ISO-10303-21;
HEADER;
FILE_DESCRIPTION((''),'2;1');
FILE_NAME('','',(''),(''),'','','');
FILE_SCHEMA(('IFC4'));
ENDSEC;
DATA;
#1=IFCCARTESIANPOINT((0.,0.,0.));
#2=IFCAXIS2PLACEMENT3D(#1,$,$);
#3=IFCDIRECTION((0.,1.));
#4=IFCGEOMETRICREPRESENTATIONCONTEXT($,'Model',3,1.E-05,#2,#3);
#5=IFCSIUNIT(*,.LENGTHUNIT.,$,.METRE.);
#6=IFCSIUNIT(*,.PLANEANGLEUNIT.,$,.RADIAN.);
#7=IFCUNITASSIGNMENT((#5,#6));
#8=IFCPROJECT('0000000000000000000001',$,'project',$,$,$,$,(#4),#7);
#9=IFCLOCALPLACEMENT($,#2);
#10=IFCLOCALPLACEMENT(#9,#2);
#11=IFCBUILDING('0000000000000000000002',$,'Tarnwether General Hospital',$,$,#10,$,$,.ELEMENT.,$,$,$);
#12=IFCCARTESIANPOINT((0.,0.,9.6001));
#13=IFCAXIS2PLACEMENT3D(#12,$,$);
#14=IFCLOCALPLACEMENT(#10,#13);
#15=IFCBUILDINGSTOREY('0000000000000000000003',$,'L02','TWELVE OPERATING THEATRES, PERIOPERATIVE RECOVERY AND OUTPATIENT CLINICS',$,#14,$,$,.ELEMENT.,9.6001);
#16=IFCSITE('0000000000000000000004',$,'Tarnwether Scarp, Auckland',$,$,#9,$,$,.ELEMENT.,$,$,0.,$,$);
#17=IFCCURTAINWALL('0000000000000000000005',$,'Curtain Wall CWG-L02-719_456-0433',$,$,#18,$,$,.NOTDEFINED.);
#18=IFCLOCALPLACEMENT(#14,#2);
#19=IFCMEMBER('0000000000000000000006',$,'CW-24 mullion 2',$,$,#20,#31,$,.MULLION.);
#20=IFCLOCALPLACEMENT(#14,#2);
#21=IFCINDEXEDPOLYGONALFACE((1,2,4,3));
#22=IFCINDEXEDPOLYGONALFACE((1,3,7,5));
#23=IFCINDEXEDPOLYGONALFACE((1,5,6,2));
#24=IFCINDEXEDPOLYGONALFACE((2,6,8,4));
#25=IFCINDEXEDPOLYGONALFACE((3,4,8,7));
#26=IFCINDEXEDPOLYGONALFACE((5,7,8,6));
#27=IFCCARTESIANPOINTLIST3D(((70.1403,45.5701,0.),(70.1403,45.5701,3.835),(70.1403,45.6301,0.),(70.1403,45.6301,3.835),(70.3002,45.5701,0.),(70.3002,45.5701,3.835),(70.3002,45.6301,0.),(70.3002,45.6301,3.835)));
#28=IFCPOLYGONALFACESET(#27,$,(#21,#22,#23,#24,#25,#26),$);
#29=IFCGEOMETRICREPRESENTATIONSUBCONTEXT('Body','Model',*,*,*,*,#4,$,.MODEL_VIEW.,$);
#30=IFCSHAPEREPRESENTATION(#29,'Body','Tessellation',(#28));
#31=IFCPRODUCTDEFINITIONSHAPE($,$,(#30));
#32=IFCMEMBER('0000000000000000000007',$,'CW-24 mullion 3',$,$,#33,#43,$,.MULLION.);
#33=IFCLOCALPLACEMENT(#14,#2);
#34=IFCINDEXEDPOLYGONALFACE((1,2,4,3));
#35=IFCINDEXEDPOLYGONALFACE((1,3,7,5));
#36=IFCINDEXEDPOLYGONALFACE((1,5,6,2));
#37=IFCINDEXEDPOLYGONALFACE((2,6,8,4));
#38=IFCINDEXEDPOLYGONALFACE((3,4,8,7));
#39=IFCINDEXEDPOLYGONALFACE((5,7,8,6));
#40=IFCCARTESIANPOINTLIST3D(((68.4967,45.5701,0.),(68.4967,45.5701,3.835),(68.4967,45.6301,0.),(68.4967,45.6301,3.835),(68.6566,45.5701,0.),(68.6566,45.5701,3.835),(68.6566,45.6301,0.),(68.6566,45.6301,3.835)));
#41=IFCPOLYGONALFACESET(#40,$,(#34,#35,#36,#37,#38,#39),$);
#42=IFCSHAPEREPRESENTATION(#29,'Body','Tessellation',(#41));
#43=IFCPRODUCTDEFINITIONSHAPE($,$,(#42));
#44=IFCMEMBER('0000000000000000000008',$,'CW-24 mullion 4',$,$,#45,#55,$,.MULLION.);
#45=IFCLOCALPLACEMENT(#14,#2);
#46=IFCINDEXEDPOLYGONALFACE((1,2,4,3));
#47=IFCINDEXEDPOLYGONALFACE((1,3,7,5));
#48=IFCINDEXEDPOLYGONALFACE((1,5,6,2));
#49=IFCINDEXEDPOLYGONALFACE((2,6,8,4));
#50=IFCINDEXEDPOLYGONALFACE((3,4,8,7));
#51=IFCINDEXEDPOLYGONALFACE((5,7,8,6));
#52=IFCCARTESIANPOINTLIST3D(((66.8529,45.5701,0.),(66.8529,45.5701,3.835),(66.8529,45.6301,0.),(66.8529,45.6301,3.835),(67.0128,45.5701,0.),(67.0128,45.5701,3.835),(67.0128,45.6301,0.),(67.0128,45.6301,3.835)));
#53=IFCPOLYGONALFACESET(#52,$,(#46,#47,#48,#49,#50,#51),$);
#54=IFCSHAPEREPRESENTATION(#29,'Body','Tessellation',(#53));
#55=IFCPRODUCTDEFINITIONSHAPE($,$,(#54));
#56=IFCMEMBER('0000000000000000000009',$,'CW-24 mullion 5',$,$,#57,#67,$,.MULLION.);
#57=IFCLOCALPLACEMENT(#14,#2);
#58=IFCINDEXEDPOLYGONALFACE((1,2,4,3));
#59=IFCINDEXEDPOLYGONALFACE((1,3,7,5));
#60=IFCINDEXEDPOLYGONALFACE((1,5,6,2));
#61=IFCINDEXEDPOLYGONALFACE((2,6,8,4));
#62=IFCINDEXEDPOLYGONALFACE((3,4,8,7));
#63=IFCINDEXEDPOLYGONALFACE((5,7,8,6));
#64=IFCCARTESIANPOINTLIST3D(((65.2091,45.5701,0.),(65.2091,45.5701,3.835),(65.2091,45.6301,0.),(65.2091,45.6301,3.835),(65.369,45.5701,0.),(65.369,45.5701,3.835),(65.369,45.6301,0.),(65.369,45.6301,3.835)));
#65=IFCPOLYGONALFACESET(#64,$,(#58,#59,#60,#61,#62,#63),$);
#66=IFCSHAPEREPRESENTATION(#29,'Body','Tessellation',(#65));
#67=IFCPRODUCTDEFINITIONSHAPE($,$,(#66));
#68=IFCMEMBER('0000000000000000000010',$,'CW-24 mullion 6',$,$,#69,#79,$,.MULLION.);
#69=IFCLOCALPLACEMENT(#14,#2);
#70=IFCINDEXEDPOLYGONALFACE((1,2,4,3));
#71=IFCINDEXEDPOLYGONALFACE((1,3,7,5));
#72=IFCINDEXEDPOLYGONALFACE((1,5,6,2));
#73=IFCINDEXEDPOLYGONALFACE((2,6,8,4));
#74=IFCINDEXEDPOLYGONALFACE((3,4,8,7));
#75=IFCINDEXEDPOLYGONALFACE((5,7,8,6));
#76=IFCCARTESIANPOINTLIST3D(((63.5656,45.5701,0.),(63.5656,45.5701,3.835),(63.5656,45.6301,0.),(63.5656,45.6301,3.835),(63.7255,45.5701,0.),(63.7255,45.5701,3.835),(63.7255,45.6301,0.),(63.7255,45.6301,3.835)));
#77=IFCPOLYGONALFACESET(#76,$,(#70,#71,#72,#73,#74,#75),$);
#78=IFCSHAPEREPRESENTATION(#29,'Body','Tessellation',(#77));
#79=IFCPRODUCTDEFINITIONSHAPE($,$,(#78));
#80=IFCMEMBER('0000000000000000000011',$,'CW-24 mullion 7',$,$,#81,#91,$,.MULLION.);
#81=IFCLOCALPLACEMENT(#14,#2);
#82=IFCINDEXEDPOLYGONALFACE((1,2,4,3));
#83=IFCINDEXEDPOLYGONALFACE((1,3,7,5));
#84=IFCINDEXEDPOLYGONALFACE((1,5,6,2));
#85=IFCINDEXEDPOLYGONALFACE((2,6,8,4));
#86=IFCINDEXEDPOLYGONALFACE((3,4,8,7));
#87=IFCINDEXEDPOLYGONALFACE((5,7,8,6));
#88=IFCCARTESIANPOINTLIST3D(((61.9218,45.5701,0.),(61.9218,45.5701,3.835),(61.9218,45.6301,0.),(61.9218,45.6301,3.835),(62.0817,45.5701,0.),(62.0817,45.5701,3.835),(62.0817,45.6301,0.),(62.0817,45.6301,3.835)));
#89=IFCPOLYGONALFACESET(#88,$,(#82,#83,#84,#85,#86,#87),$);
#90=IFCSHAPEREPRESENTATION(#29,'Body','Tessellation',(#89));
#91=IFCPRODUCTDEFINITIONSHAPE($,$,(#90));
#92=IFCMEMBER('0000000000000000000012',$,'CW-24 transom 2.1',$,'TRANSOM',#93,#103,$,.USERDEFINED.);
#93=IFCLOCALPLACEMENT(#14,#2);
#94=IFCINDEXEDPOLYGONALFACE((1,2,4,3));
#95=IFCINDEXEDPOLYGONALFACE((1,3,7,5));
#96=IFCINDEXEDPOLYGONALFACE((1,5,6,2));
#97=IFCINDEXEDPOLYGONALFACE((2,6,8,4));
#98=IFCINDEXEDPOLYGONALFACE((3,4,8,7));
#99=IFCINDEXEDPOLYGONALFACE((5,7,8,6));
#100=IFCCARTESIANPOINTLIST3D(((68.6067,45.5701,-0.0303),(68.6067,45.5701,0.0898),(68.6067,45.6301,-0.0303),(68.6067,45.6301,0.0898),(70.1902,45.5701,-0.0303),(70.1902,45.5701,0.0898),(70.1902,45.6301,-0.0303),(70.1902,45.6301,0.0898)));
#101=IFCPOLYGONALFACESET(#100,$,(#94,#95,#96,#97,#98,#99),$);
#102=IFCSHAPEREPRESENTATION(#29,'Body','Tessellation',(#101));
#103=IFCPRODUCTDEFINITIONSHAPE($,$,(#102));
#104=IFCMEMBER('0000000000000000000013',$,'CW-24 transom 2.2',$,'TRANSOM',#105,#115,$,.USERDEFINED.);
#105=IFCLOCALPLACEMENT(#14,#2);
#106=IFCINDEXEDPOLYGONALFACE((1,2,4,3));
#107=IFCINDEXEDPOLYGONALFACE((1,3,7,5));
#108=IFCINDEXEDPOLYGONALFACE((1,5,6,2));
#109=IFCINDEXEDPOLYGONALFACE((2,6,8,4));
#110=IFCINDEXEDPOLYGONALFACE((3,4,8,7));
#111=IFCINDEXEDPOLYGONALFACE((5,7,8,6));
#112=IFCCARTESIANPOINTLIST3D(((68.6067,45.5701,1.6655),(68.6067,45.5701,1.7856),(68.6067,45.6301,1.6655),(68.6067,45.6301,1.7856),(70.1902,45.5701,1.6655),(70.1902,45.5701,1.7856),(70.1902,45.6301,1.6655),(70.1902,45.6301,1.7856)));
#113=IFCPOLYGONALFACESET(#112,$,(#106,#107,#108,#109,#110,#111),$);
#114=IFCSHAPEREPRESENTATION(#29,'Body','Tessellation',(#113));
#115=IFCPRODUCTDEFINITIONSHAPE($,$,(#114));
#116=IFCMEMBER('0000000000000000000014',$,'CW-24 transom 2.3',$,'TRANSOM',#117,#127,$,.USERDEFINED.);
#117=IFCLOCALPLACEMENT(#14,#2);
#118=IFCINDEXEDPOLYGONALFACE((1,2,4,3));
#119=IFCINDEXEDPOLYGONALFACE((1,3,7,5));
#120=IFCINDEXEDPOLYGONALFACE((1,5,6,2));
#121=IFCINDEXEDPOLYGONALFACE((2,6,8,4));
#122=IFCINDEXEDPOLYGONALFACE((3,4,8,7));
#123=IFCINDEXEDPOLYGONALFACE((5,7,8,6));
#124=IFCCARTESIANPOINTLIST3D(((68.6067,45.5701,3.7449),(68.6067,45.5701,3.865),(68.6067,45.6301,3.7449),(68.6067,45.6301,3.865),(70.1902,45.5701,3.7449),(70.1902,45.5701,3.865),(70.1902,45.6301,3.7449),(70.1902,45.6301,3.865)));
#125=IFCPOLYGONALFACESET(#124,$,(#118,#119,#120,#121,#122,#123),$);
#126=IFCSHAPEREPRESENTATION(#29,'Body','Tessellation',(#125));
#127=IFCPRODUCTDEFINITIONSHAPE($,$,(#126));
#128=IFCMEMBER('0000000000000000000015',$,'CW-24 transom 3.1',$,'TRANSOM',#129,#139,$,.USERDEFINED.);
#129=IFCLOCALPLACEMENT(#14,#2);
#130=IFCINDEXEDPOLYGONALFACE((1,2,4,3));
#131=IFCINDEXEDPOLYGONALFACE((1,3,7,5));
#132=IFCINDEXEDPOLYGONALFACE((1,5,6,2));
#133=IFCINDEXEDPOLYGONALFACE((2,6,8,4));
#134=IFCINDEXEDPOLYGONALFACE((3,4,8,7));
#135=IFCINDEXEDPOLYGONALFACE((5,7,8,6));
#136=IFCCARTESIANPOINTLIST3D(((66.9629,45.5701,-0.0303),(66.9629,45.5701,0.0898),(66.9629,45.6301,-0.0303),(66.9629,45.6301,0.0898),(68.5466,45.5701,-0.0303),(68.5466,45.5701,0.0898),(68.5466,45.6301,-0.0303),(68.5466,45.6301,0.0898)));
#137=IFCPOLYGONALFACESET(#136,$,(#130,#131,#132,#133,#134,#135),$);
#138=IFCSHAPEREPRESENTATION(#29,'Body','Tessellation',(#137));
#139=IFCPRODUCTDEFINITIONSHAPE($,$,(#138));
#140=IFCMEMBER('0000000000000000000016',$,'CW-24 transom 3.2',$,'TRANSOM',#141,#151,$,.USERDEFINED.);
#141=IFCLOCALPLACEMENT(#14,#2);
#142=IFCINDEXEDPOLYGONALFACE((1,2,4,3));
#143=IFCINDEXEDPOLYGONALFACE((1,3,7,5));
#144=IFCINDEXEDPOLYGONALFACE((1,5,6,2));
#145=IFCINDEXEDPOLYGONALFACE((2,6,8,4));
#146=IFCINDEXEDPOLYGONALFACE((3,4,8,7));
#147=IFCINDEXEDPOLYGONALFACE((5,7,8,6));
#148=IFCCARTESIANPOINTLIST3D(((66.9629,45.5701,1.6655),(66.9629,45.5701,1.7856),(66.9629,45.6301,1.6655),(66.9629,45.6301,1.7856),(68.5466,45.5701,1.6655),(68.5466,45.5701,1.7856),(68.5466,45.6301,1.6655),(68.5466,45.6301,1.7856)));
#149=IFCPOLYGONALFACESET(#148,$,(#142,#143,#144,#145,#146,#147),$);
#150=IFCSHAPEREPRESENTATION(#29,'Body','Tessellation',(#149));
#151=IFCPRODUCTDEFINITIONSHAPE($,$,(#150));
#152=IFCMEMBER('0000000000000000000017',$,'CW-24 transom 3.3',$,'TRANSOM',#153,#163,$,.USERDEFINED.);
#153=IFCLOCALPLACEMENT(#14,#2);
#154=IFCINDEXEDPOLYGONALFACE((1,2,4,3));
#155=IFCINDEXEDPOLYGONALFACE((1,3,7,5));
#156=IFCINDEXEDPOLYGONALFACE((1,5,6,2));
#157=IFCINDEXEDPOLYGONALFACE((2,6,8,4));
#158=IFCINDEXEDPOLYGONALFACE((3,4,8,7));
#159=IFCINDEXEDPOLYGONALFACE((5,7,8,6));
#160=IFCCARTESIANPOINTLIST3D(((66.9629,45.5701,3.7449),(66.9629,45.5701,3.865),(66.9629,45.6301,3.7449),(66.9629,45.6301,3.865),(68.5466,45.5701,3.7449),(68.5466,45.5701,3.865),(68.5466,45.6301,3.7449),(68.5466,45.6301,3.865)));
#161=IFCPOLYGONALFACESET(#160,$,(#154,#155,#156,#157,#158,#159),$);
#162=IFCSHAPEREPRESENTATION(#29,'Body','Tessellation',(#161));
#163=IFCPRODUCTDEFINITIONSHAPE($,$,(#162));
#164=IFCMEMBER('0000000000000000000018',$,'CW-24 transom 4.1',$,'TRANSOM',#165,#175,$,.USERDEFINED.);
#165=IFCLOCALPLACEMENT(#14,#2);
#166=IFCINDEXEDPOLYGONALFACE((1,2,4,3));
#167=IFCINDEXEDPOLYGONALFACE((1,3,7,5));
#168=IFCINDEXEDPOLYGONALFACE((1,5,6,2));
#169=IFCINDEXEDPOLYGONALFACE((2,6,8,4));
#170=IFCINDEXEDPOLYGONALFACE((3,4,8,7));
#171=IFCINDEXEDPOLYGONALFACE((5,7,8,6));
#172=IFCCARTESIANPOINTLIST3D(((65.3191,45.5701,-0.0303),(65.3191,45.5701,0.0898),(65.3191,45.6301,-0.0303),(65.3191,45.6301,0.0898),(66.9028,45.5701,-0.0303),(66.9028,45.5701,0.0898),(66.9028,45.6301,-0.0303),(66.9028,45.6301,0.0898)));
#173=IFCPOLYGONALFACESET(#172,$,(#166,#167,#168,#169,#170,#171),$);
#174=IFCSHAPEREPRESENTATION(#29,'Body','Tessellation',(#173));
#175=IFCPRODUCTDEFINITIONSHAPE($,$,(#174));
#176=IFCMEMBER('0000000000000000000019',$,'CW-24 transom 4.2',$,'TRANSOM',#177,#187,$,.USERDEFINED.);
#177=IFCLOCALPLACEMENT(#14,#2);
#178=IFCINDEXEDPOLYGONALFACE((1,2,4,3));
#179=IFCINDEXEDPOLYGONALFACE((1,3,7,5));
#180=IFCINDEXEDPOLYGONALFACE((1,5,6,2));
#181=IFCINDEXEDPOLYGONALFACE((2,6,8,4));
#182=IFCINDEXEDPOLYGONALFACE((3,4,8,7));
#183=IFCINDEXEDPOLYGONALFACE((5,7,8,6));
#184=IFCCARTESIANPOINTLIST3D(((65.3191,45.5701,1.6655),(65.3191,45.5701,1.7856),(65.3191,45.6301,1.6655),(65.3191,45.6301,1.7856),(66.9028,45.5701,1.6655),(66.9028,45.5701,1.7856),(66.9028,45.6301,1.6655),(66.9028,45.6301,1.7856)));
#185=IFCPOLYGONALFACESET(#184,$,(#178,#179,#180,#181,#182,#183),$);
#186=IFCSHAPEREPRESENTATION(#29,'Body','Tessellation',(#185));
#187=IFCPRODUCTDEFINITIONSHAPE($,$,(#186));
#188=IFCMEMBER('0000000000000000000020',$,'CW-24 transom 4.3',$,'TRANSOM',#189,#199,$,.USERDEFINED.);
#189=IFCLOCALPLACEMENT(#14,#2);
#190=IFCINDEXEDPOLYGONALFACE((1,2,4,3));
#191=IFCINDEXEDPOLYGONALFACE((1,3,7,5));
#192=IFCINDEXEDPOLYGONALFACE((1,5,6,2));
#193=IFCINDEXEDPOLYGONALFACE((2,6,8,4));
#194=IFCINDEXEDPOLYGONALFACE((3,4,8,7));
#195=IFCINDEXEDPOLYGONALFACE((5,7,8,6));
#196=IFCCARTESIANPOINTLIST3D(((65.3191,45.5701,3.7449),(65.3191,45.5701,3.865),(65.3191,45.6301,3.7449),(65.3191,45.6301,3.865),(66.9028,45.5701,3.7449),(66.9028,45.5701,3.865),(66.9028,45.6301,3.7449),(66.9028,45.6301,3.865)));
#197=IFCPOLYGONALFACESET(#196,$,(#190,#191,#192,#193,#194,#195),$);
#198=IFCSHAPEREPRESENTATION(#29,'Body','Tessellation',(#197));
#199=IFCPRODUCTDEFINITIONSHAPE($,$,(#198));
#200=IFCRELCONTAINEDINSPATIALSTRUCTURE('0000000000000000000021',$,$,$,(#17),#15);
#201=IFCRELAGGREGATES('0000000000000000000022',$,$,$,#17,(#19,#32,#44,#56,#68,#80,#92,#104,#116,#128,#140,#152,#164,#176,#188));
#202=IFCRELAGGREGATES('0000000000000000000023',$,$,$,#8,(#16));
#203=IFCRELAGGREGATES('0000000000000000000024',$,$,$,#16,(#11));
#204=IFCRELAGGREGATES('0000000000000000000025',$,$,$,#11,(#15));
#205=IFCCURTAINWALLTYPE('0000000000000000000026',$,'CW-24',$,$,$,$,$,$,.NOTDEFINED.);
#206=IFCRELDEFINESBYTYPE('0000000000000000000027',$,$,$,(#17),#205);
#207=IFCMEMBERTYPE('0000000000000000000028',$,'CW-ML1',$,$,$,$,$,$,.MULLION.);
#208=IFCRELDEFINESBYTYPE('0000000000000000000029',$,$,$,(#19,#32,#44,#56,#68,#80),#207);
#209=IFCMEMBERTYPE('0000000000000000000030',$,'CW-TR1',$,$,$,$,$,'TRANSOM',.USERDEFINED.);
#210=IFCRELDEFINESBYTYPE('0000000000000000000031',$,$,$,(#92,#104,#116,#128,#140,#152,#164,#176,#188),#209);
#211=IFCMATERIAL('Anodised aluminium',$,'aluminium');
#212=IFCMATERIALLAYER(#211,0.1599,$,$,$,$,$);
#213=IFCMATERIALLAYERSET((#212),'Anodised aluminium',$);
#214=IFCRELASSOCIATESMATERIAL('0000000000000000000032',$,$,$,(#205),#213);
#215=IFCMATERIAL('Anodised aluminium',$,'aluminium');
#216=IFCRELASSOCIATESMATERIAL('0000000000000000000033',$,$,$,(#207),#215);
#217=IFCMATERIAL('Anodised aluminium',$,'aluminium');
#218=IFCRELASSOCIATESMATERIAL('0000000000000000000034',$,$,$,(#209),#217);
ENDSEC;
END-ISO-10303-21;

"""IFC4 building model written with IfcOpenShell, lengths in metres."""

from ifc_helpers import new_model, si_unit, direction, frame, origin, origin_2d, place, context, subcontext, project, spatial, rectangle, extrude, material, layer, layer_set, material_profile, profile_set, type_object, element, aggregate, save


model = new_model("IFC4")

# Units and contexts
model_context = context("Model", 3, precision=1e-05, world=origin(), true_north=direction((0.0, 1.0)))
body_context = subcontext(model_context, "Body", "Model", "MODEL_VIEW")
ifc_project = project(units=[si_unit("LENGTHUNIT", "METRE"), si_unit("PLANEANGLEUNIT", "RADIAN")], contexts=[model_context])

# Site, building, storey
site_placement = place(None, origin())
site = spatial("IfcSite", under=ifc_project, at=site_placement, Name="Tarnwether Scarp, Auckland", CompositionType="ELEMENT", RefElevation=0.0)
building_placement = place(site_placement, origin())
building = spatial("IfcBuilding", under=site, at=building_placement, Name="Tarnwether General Hospital", CompositionType="ELEMENT")
storey_placement = place(building_placement, frame((0.0, 0.0, 9.6001)))
storey = spatial("IfcBuildingStorey", under=building, at=storey_placement, Name="L02", Description="TWELVE OPERATING THEATRES, PERIOPERATIVE RECOVERY AND OUTPATIENT CLINICS", CompositionType="ELEMENT", Elevation=9.6001)

# Curtain wall, members
ifc_material_1 = material(Name="Anodised aluminium", Category="aluminium")
ifc_layer_1 = layer(ifc_material_1, 0.1599)
ifc_layer_set_1 = layer_set([ifc_layer_1], Name="Anodised aluminium")
curtain_wall_type = type_object("IfcCurtainWallType", Name="CW-24", PredefinedType="NOTDEFINED", material=ifc_layer_set_1)
curtain_wall_placement = place(storey_placement, origin())
curtain_wall = element("IfcCurtainWall", 1, at=curtain_wall_placement, inside=storey, type_object=curtain_wall_type, Name="Curtain Wall CWG-L02-719_456-0433", PredefinedType="NOTDEFINED")
ifc_material_2 = material(Name="Anodised aluminium", Category="aluminium")
ifc_material_profile_1 = material_profile(ifc_material_2, rectangle(XDim=0.0601, YDim=0.1599, at=origin_2d()), Name="ALU-MUL-60x160")
ifc_profile_set_1 = profile_set([ifc_material_profile_1], Name="Anodised aluminium")
member_type_1 = type_object("IfcMemberType", Name="CW-ML1", PredefinedType="MULLION", material=ifc_profile_set_1)
member_1_placement = place(storey_placement, frame((70.2202, 45.6001, 0.0), z_axis=(0.0, 0.0, 1.0), x_axis=(0.0, -1.0, 0.0)))
member_1 = element("IfcMember", 2, at=member_1_placement, type_object=member_type_1, Name="CW-24 mullion 2", PredefinedType="MULLION", context=body_context, shape_type="SweptSolid", body=[
    extrude(rectangle(XDim=0.0601, YDim=0.1599, at=origin_2d()), origin(), (0.0, 0.0, 1.0), 3.835),
])
member_2_placement = place(storey_placement, frame((68.5767, 45.6001, 0.0), z_axis=(0.0, 0.0, 1.0), x_axis=(0.0, -1.0, 0.0)))
member_2 = element("IfcMember", 3, at=member_2_placement, type_object=member_type_1, Name="CW-24 mullion 3", PredefinedType="MULLION", context=body_context, shape_type="SweptSolid", body=[
    extrude(rectangle(XDim=0.0601, YDim=0.1599, at=origin_2d()), origin(), (0.0, 0.0, 1.0), 3.835),
])
member_3_placement = place(storey_placement, frame((66.9329, 45.6001, 0.0), z_axis=(0.0, 0.0, 1.0), x_axis=(0.0, -1.0, 0.0)))
member_3 = element("IfcMember", 4, at=member_3_placement, type_object=member_type_1, Name="CW-24 mullion 4", PredefinedType="MULLION", context=body_context, shape_type="SweptSolid", body=[
    extrude(rectangle(XDim=0.0601, YDim=0.1599, at=origin_2d()), origin(), (0.0, 0.0, 1.0), 3.835),
])
member_4_placement = place(storey_placement, frame((65.2891, 45.6001, 0.0), z_axis=(0.0, 0.0, 1.0), x_axis=(0.0, -1.0, 0.0)))
member_4 = element("IfcMember", 5, at=member_4_placement, type_object=member_type_1, Name="CW-24 mullion 5", PredefinedType="MULLION", context=body_context, shape_type="SweptSolid", body=[
    extrude(rectangle(XDim=0.0601, YDim=0.1599, at=origin_2d()), origin(), (0.0, 0.0, 1.0), 3.835),
])
member_5_placement = place(storey_placement, frame((63.6455, 45.6001, 0.0), z_axis=(0.0, 0.0, 1.0), x_axis=(0.0, -1.0, 0.0)))
member_5 = element("IfcMember", 6, at=member_5_placement, type_object=member_type_1, Name="CW-24 mullion 6", PredefinedType="MULLION", context=body_context, shape_type="SweptSolid", body=[
    extrude(rectangle(XDim=0.0601, YDim=0.1599, at=origin_2d()), origin(), (0.0, 0.0, 1.0), 3.835),
])
member_6_placement = place(storey_placement, frame((62.0017, 45.6001, 0.0), z_axis=(0.0, 0.0, 1.0), x_axis=(0.0, -1.0, 0.0)))
member_6 = element("IfcMember", 7, at=member_6_placement, type_object=member_type_1, Name="CW-24 mullion 7", PredefinedType="MULLION", context=body_context, shape_type="SweptSolid", body=[
    extrude(rectangle(XDim=0.0601, YDim=0.1599, at=origin_2d()), origin(), (0.0, 0.0, 1.0), 3.835),
])
ifc_material_3 = material(Name="Anodised aluminium", Category="aluminium")
ifc_material_profile_2 = material_profile(ifc_material_3, rectangle(XDim=0.0601, YDim=0.1201, at=origin_2d()), Name="ALU-TRN-60x120")
ifc_profile_set_2 = profile_set([ifc_material_profile_2], Name="Anodised aluminium")
member_type_2 = type_object("IfcMemberType", Name="CW-TR1", ElementType="TRANSOM", PredefinedType="USERDEFINED", material=ifc_profile_set_2)
member_7_placement = place(storey_placement, frame((70.1902, 45.6001, 0.0298), z_axis=(-1.0, 0.0, 0.0), x_axis=(0.0, -1.0, 0.0)))
member_7 = element("IfcMember", 8, at=member_7_placement, type_object=member_type_2, Name="CW-24 transom 2.1", ObjectType="TRANSOM", PredefinedType="USERDEFINED", context=body_context, shape_type="SweptSolid", body=[
    extrude(rectangle(XDim=0.0601, YDim=0.1201, at=origin_2d()), origin(), (0.0, 0.0, 1.0), 1.5835),
])
member_8_placement = place(storey_placement, frame((70.1902, 45.6001, 1.7256), z_axis=(-1.0, 0.0, 0.0), x_axis=(0.0, -1.0, 0.0)))
member_8 = element("IfcMember", 9, at=member_8_placement, type_object=member_type_2, Name="CW-24 transom 2.2", ObjectType="TRANSOM", PredefinedType="USERDEFINED", context=body_context, shape_type="SweptSolid", body=[
    extrude(rectangle(XDim=0.0601, YDim=0.1201, at=origin_2d()), origin(), (0.0, 0.0, 1.0), 1.5835),
])
member_9_placement = place(storey_placement, frame((70.1902, 45.6001, 3.8049), z_axis=(-1.0, 0.0, 0.0), x_axis=(0.0, -1.0, 0.0)))
member_9 = element("IfcMember", 10, at=member_9_placement, type_object=member_type_2, Name="CW-24 transom 2.3", ObjectType="TRANSOM", PredefinedType="USERDEFINED", context=body_context, shape_type="SweptSolid", body=[
    extrude(rectangle(XDim=0.0601, YDim=0.1201, at=origin_2d()), origin(), (0.0, 0.0, 1.0), 1.5835),
])
member_10_placement = place(storey_placement, frame((68.5466, 45.6001, 0.0298), z_axis=(-1.0, 0.0, 0.0), x_axis=(0.0, -1.0, 0.0)))
member_10 = element("IfcMember", 11, at=member_10_placement, type_object=member_type_2, Name="CW-24 transom 3.1", ObjectType="TRANSOM", PredefinedType="USERDEFINED", context=body_context, shape_type="SweptSolid", body=[
    extrude(rectangle(XDim=0.0601, YDim=0.1201, at=origin_2d()), origin(), (0.0, 0.0, 1.0), 1.5837),
])
member_11_placement = place(storey_placement, frame((68.5466, 45.6001, 1.7256), z_axis=(-1.0, 0.0, 0.0), x_axis=(0.0, -1.0, 0.0)))
member_11 = element("IfcMember", 12, at=member_11_placement, type_object=member_type_2, Name="CW-24 transom 3.2", ObjectType="TRANSOM", PredefinedType="USERDEFINED", context=body_context, shape_type="SweptSolid", body=[
    extrude(rectangle(XDim=0.0601, YDim=0.1201, at=origin_2d()), origin(), (0.0, 0.0, 1.0), 1.5837),
])
member_12_placement = place(storey_placement, frame((68.5466, 45.6001, 3.8049), z_axis=(-1.0, 0.0, 0.0), x_axis=(0.0, -1.0, 0.0)))
member_12 = element("IfcMember", 13, at=member_12_placement, type_object=member_type_2, Name="CW-24 transom 3.3", ObjectType="TRANSOM", PredefinedType="USERDEFINED", context=body_context, shape_type="SweptSolid", body=[
    extrude(rectangle(XDim=0.0601, YDim=0.1201, at=origin_2d()), origin(), (0.0, 0.0, 1.0), 1.5837),
])
member_13_placement = place(storey_placement, frame((66.9028, 45.6001, 0.0298), z_axis=(-1.0, 0.0, 0.0), x_axis=(0.0, -1.0, 0.0)))
member_13 = element("IfcMember", 14, at=member_13_placement, type_object=member_type_2, Name="CW-24 transom 4.1", ObjectType="TRANSOM", PredefinedType="USERDEFINED", context=body_context, shape_type="SweptSolid", body=[
    extrude(rectangle(XDim=0.0601, YDim=0.1201, at=origin_2d()), origin(), (0.0, 0.0, 1.0), 1.5837),
])
member_14_placement = place(storey_placement, frame((66.9028, 45.6001, 1.7256), z_axis=(-1.0, 0.0, 0.0), x_axis=(0.0, -1.0, 0.0)))
member_14 = element("IfcMember", 15, at=member_14_placement, type_object=member_type_2, Name="CW-24 transom 4.2", ObjectType="TRANSOM", PredefinedType="USERDEFINED", context=body_context, shape_type="SweptSolid", body=[
    extrude(rectangle(XDim=0.0601, YDim=0.1201, at=origin_2d()), origin(), (0.0, 0.0, 1.0), 1.5837),
])
member_15_placement = place(storey_placement, frame((66.9028, 45.6001, 3.8049), z_axis=(-1.0, 0.0, 0.0), x_axis=(0.0, -1.0, 0.0)))
member_15 = element("IfcMember", 16, at=member_15_placement, type_object=member_type_2, Name="CW-24 transom 4.3", ObjectType="TRANSOM", PredefinedType="USERDEFINED", context=body_context, shape_type="SweptSolid", body=[
    extrude(rectangle(XDim=0.0601, YDim=0.1201, at=origin_2d()), origin(), (0.0, 0.0, 1.0), 1.5837),
])
aggregate(curtain_wall, [member_1, member_2, member_3, member_4, member_5, member_6, member_7, member_8, member_9, member_10, member_11, member_12, member_13, member_14, member_15])

save(model, "model.ifc")
